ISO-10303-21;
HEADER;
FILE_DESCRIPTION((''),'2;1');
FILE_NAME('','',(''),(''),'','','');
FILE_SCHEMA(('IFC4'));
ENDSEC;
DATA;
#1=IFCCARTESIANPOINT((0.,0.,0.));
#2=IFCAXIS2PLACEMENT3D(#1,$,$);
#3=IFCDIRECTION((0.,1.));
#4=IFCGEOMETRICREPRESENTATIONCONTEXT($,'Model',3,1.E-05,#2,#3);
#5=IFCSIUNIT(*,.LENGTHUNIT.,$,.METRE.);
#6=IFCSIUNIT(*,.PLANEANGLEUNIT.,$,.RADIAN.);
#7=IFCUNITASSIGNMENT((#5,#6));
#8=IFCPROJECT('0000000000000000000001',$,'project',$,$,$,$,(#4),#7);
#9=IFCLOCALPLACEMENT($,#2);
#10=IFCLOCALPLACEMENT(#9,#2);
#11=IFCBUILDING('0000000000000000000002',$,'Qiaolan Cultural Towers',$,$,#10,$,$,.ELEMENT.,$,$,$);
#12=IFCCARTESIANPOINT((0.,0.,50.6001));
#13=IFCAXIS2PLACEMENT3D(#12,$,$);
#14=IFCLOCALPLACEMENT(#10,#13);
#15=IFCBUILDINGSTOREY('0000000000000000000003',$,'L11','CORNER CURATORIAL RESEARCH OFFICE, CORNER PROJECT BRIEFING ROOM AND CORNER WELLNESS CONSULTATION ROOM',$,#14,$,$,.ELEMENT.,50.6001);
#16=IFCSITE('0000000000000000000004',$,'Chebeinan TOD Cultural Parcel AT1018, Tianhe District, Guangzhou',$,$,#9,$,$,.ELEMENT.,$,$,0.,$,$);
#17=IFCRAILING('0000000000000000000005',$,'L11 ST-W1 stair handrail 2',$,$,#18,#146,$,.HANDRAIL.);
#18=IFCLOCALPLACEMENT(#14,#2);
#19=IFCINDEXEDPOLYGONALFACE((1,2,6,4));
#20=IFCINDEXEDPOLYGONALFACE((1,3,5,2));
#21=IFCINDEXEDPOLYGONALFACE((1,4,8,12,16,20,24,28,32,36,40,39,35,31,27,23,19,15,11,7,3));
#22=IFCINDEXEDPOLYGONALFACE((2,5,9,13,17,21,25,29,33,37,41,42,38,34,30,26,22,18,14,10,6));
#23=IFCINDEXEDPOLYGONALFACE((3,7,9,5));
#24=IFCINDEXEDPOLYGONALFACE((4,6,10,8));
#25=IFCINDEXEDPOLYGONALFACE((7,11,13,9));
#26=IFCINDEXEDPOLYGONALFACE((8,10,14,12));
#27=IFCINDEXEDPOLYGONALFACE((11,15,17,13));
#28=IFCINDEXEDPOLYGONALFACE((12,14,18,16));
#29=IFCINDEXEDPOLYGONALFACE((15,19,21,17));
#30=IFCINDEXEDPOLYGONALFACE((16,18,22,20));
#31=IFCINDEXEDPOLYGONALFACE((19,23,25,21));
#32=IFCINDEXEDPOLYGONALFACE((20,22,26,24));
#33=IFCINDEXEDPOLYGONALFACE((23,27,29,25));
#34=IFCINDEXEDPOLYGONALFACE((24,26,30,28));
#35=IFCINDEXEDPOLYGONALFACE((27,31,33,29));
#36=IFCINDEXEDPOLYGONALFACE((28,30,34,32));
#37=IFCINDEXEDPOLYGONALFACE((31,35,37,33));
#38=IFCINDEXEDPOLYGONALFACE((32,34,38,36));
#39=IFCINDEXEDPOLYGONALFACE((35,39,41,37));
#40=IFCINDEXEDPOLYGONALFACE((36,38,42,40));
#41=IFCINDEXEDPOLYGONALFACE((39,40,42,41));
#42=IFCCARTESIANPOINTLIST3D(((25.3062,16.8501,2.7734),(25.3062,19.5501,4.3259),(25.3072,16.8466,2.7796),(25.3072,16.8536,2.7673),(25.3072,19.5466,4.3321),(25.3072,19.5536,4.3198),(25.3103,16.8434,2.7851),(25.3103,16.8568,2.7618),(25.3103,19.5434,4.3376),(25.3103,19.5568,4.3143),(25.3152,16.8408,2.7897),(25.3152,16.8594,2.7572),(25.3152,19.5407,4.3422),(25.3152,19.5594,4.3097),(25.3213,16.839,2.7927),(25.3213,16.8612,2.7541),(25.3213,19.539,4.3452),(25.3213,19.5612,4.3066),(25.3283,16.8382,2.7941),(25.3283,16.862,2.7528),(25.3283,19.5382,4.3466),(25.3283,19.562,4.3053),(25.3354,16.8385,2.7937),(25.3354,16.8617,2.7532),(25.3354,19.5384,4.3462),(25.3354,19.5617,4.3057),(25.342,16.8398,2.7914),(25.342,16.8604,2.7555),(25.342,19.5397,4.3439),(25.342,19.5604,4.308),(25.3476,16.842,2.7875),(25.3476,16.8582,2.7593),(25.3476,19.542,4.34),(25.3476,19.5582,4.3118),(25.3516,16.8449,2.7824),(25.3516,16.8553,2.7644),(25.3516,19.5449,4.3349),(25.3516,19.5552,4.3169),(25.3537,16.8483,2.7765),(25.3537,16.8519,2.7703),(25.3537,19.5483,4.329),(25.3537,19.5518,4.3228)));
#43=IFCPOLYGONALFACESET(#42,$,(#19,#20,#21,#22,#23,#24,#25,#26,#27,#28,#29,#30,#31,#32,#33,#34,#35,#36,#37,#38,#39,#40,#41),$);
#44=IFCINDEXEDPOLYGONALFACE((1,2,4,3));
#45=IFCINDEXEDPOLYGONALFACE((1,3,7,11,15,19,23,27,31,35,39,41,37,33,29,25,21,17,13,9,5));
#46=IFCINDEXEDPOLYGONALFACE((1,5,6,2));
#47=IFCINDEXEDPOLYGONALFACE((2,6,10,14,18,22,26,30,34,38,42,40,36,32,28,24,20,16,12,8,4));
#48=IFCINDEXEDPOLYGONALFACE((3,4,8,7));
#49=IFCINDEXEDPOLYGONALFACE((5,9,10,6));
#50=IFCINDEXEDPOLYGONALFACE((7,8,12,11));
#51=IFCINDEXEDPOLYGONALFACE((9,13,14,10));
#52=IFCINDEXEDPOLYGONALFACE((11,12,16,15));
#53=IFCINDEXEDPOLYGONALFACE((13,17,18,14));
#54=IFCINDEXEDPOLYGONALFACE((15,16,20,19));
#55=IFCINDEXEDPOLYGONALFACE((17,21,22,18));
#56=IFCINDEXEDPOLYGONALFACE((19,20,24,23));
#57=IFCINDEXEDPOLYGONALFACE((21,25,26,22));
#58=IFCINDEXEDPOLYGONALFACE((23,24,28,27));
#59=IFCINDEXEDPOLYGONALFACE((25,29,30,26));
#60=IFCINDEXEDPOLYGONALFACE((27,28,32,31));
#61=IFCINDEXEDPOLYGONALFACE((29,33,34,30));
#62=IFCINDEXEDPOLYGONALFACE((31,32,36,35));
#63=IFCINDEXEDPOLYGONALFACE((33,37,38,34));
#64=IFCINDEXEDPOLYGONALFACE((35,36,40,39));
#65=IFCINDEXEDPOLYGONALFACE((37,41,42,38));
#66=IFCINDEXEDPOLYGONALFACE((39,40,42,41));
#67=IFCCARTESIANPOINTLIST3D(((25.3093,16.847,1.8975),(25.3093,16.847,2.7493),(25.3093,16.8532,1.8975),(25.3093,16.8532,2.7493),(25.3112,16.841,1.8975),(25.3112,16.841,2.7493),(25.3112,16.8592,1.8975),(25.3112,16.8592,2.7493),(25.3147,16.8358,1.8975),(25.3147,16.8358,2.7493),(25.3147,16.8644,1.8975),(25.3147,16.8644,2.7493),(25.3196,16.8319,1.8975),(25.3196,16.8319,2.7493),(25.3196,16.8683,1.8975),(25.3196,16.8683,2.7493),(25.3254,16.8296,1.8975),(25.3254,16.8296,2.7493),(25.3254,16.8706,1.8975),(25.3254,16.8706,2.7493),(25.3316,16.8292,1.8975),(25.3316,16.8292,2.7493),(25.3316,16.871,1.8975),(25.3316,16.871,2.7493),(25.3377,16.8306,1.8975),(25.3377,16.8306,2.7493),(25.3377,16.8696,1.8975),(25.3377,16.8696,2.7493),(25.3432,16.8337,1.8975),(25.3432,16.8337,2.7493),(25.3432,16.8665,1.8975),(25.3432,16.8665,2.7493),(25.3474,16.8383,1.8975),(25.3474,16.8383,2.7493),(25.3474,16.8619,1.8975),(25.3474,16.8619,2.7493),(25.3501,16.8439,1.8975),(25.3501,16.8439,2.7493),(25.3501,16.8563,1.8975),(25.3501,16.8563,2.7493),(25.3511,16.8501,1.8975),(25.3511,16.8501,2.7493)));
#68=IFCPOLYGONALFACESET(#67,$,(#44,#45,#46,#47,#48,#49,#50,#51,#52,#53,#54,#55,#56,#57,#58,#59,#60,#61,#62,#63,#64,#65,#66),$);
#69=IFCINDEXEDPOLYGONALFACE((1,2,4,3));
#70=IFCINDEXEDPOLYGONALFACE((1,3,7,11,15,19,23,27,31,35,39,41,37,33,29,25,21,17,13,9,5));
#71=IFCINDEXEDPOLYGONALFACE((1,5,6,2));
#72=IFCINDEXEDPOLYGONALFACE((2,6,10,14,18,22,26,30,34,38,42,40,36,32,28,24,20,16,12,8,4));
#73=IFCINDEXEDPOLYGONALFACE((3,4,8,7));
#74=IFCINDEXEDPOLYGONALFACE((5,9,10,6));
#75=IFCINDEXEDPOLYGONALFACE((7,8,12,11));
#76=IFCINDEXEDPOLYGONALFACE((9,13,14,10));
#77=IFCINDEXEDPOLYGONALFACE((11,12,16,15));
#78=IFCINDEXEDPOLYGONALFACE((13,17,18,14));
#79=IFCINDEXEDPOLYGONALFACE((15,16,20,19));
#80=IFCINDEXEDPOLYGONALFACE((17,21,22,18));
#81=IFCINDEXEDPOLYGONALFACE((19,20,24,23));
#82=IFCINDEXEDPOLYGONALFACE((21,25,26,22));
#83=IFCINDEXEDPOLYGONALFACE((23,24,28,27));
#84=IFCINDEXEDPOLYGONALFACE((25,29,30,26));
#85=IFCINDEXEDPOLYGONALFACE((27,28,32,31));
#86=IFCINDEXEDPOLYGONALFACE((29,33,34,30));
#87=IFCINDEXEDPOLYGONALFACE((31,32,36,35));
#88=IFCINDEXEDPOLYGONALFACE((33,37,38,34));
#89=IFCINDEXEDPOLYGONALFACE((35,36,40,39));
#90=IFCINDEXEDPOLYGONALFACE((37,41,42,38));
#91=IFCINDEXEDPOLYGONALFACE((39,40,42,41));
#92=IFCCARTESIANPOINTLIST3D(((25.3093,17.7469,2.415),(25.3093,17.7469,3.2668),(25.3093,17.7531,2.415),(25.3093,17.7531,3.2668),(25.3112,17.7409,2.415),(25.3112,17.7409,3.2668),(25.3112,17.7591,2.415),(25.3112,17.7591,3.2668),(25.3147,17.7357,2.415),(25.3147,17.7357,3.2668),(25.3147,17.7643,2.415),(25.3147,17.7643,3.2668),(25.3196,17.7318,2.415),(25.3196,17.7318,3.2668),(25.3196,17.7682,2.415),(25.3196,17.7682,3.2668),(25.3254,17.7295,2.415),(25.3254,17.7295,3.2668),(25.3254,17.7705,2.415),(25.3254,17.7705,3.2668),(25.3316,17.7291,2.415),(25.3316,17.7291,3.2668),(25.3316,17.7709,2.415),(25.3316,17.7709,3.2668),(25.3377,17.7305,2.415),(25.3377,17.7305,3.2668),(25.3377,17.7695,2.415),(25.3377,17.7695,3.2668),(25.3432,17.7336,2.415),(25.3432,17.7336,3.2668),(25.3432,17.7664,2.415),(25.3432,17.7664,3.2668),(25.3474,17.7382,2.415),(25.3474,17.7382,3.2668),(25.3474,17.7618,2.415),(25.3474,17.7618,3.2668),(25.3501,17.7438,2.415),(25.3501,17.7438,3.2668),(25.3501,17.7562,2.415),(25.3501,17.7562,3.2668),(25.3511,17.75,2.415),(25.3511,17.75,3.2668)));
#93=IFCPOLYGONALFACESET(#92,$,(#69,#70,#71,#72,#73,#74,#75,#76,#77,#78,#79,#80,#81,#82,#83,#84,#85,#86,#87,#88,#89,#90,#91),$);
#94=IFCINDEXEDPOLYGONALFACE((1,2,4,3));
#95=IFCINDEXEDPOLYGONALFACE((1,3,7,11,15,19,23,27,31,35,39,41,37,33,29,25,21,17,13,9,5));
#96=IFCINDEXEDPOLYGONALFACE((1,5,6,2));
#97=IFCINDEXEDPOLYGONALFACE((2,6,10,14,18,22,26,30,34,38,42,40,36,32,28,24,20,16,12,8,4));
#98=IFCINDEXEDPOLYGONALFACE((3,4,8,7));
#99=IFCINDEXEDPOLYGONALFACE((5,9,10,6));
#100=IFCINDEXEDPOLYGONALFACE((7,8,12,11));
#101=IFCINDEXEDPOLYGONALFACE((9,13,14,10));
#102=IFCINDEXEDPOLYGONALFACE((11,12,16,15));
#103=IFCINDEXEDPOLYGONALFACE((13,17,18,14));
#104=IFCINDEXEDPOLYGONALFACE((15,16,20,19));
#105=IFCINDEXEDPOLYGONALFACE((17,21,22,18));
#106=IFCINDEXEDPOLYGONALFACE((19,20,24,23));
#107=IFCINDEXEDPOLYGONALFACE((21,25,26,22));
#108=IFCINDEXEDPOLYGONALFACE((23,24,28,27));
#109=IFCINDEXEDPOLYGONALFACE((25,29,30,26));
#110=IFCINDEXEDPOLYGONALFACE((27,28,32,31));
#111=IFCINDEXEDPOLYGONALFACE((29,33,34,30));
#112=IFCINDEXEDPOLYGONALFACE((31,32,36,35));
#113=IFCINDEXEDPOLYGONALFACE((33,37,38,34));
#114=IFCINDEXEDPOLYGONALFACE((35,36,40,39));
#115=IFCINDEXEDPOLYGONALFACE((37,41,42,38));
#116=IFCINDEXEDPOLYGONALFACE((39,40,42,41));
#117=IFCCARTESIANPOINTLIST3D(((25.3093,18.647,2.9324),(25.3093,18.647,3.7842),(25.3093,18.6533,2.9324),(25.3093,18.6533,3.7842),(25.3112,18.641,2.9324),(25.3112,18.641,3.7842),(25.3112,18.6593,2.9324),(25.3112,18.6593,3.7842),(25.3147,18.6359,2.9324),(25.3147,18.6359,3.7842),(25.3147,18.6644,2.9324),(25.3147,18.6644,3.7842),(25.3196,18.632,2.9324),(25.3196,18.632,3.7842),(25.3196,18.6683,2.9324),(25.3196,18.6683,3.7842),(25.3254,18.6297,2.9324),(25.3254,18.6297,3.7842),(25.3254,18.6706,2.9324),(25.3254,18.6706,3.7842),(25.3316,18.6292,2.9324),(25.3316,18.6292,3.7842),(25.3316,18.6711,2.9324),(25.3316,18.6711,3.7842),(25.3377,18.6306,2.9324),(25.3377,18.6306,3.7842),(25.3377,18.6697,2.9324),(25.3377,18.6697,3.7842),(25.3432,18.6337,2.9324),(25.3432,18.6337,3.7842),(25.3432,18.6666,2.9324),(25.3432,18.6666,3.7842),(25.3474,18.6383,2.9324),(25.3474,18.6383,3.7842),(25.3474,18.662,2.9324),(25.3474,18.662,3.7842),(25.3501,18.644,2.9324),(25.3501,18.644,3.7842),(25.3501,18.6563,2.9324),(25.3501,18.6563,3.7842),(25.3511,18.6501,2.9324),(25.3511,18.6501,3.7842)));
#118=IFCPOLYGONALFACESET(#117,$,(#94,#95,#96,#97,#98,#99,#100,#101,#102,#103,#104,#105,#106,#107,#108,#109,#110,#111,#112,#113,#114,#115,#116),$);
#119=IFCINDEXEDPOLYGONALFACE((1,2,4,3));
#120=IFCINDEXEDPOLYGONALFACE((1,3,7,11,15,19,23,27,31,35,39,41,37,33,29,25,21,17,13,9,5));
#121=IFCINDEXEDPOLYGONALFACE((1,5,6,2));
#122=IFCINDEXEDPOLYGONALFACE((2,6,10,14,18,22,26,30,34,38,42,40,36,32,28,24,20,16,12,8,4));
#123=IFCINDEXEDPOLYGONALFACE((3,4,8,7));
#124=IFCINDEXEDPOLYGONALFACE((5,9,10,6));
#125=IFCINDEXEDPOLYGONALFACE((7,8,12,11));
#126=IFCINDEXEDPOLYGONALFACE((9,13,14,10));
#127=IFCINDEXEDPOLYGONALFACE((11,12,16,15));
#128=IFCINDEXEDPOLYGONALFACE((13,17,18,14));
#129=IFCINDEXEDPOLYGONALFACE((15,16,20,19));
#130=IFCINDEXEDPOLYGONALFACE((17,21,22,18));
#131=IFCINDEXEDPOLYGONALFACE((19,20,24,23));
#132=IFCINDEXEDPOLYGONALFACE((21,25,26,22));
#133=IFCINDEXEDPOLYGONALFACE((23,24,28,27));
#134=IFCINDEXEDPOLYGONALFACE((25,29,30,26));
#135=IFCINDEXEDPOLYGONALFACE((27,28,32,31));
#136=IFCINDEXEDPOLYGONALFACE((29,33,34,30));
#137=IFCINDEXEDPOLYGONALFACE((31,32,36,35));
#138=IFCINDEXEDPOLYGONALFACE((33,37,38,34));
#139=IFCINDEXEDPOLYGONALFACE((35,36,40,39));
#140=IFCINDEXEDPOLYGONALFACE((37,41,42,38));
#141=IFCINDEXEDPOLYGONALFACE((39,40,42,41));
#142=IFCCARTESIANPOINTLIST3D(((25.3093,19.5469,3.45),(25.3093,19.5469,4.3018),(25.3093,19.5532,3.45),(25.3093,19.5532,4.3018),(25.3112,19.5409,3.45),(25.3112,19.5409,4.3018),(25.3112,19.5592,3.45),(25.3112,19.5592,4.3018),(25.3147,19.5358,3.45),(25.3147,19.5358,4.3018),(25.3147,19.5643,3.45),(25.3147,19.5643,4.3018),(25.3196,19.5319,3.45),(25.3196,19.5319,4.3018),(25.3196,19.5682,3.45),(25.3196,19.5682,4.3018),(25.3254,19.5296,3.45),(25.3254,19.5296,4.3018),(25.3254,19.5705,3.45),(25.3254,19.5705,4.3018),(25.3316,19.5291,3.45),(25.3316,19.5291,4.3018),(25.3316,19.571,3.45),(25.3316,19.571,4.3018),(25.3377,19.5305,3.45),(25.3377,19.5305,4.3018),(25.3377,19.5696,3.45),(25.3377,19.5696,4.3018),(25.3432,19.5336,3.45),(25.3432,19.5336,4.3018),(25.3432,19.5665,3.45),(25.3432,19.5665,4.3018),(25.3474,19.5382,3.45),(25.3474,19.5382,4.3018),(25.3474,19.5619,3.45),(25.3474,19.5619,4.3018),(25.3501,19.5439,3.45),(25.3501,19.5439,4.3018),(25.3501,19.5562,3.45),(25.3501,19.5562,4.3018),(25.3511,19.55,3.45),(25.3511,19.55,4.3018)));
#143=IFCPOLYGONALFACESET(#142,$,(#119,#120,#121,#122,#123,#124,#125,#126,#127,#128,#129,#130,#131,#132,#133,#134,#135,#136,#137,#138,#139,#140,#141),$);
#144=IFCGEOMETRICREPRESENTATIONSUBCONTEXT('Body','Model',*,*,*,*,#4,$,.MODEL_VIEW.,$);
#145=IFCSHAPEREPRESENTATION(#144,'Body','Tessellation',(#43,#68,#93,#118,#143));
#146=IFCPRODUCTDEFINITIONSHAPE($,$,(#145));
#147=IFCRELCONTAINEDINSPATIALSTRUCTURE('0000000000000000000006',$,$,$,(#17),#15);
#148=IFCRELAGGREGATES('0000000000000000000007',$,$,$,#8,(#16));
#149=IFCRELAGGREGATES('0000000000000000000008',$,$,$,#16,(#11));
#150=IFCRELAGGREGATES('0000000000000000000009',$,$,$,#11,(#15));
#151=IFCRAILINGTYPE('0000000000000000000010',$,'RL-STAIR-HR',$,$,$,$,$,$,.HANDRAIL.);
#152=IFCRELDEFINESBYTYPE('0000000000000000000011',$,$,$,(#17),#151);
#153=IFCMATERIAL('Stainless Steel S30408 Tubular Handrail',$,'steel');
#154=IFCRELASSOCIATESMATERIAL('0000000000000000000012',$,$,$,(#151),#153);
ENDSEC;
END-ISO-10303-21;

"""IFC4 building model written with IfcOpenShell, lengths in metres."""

from ifc_helpers import new_model, si_unit, direction, frame, origin, origin_2d, place, context, subcontext, project, spatial, circle, extrude, material, type_object, element, save


model = new_model("IFC4")

# Units and contexts
model_context = context("Model", 3, precision=1e-05, world=origin(), true_north=direction((0.0, 1.0)))
body_context = subcontext(model_context, "Body", "Model", "MODEL_VIEW")
ifc_project = project(units=[si_unit("LENGTHUNIT", "METRE"), si_unit("PLANEANGLEUNIT", "RADIAN")], contexts=[model_context])

# Site, building, storey
site_placement = place(None, origin())
site = spatial("IfcSite", under=ifc_project, at=site_placement, Name="Chebeinan TOD Cultural Parcel AT1018, Tianhe District, Guangzhou", CompositionType="ELEMENT", RefElevation=0.0)
building_placement = place(site_placement, origin())
building = spatial("IfcBuilding", under=site, at=building_placement, Name="Qiaolan Cultural Towers", CompositionType="ELEMENT")
storey_placement = place(building_placement, frame((0.0, 0.0, 50.6001)))
storey = spatial("IfcBuildingStorey", under=building, at=storey_placement, Name="L11", Description="CORNER CURATORIAL RESEARCH OFFICE, CORNER PROJECT BRIEFING ROOM AND CORNER WELLNESS CONSULTATION ROOM", CompositionType="ELEMENT", Elevation=50.6001)

# Railing
ifc_material_1 = material(Name="Stainless Steel S30408 Tubular Handrail", Category="steel")
railing_type_1 = type_object("IfcRailingType", Name="RL-STAIR-HR", PredefinedType="HANDRAIL", material=ifc_material_1)
railing_1_placement = place(storey_placement, frame((25.3301, 16.8501, 1.8975)))
element("IfcRailing", 1, at=railing_1_placement, inside=storey, type_object=railing_type_1, Name="L11 ST-W1 stair handrail 2", PredefinedType="HANDRAIL", context=body_context, shape_type="SweptSolid", body=[
    extrude(circle(Radius=0.0239, at=origin_2d()), frame((0.0, 0.0, 0.876), z_axis=(0.0, 0.866904, 0.498476), x_axis=(-1.0, 0.0, 0.0)), (0.0, 0.0, 1.0), 3.1145),
    extrude(circle(Radius=0.021, at=origin_2d()), origin(), (0.0, 0.0, 1.0), 0.8518),
    extrude(circle(Radius=0.021, at=origin_2d()), frame((0.0, 0.8999, 0.5176)), (0.0, 0.0, 1.0), 0.8518),
    extrude(circle(Radius=0.021, at=origin_2d()), frame((0.0, 1.8, 1.0349)), (0.0, 0.0, 1.0), 0.8518),
    extrude(circle(Radius=0.021, at=origin_2d()), frame((0.0, 2.7, 1.5525)), (0.0, 0.0, 1.0), 0.8518),
])

save(model, "model.ifc")
